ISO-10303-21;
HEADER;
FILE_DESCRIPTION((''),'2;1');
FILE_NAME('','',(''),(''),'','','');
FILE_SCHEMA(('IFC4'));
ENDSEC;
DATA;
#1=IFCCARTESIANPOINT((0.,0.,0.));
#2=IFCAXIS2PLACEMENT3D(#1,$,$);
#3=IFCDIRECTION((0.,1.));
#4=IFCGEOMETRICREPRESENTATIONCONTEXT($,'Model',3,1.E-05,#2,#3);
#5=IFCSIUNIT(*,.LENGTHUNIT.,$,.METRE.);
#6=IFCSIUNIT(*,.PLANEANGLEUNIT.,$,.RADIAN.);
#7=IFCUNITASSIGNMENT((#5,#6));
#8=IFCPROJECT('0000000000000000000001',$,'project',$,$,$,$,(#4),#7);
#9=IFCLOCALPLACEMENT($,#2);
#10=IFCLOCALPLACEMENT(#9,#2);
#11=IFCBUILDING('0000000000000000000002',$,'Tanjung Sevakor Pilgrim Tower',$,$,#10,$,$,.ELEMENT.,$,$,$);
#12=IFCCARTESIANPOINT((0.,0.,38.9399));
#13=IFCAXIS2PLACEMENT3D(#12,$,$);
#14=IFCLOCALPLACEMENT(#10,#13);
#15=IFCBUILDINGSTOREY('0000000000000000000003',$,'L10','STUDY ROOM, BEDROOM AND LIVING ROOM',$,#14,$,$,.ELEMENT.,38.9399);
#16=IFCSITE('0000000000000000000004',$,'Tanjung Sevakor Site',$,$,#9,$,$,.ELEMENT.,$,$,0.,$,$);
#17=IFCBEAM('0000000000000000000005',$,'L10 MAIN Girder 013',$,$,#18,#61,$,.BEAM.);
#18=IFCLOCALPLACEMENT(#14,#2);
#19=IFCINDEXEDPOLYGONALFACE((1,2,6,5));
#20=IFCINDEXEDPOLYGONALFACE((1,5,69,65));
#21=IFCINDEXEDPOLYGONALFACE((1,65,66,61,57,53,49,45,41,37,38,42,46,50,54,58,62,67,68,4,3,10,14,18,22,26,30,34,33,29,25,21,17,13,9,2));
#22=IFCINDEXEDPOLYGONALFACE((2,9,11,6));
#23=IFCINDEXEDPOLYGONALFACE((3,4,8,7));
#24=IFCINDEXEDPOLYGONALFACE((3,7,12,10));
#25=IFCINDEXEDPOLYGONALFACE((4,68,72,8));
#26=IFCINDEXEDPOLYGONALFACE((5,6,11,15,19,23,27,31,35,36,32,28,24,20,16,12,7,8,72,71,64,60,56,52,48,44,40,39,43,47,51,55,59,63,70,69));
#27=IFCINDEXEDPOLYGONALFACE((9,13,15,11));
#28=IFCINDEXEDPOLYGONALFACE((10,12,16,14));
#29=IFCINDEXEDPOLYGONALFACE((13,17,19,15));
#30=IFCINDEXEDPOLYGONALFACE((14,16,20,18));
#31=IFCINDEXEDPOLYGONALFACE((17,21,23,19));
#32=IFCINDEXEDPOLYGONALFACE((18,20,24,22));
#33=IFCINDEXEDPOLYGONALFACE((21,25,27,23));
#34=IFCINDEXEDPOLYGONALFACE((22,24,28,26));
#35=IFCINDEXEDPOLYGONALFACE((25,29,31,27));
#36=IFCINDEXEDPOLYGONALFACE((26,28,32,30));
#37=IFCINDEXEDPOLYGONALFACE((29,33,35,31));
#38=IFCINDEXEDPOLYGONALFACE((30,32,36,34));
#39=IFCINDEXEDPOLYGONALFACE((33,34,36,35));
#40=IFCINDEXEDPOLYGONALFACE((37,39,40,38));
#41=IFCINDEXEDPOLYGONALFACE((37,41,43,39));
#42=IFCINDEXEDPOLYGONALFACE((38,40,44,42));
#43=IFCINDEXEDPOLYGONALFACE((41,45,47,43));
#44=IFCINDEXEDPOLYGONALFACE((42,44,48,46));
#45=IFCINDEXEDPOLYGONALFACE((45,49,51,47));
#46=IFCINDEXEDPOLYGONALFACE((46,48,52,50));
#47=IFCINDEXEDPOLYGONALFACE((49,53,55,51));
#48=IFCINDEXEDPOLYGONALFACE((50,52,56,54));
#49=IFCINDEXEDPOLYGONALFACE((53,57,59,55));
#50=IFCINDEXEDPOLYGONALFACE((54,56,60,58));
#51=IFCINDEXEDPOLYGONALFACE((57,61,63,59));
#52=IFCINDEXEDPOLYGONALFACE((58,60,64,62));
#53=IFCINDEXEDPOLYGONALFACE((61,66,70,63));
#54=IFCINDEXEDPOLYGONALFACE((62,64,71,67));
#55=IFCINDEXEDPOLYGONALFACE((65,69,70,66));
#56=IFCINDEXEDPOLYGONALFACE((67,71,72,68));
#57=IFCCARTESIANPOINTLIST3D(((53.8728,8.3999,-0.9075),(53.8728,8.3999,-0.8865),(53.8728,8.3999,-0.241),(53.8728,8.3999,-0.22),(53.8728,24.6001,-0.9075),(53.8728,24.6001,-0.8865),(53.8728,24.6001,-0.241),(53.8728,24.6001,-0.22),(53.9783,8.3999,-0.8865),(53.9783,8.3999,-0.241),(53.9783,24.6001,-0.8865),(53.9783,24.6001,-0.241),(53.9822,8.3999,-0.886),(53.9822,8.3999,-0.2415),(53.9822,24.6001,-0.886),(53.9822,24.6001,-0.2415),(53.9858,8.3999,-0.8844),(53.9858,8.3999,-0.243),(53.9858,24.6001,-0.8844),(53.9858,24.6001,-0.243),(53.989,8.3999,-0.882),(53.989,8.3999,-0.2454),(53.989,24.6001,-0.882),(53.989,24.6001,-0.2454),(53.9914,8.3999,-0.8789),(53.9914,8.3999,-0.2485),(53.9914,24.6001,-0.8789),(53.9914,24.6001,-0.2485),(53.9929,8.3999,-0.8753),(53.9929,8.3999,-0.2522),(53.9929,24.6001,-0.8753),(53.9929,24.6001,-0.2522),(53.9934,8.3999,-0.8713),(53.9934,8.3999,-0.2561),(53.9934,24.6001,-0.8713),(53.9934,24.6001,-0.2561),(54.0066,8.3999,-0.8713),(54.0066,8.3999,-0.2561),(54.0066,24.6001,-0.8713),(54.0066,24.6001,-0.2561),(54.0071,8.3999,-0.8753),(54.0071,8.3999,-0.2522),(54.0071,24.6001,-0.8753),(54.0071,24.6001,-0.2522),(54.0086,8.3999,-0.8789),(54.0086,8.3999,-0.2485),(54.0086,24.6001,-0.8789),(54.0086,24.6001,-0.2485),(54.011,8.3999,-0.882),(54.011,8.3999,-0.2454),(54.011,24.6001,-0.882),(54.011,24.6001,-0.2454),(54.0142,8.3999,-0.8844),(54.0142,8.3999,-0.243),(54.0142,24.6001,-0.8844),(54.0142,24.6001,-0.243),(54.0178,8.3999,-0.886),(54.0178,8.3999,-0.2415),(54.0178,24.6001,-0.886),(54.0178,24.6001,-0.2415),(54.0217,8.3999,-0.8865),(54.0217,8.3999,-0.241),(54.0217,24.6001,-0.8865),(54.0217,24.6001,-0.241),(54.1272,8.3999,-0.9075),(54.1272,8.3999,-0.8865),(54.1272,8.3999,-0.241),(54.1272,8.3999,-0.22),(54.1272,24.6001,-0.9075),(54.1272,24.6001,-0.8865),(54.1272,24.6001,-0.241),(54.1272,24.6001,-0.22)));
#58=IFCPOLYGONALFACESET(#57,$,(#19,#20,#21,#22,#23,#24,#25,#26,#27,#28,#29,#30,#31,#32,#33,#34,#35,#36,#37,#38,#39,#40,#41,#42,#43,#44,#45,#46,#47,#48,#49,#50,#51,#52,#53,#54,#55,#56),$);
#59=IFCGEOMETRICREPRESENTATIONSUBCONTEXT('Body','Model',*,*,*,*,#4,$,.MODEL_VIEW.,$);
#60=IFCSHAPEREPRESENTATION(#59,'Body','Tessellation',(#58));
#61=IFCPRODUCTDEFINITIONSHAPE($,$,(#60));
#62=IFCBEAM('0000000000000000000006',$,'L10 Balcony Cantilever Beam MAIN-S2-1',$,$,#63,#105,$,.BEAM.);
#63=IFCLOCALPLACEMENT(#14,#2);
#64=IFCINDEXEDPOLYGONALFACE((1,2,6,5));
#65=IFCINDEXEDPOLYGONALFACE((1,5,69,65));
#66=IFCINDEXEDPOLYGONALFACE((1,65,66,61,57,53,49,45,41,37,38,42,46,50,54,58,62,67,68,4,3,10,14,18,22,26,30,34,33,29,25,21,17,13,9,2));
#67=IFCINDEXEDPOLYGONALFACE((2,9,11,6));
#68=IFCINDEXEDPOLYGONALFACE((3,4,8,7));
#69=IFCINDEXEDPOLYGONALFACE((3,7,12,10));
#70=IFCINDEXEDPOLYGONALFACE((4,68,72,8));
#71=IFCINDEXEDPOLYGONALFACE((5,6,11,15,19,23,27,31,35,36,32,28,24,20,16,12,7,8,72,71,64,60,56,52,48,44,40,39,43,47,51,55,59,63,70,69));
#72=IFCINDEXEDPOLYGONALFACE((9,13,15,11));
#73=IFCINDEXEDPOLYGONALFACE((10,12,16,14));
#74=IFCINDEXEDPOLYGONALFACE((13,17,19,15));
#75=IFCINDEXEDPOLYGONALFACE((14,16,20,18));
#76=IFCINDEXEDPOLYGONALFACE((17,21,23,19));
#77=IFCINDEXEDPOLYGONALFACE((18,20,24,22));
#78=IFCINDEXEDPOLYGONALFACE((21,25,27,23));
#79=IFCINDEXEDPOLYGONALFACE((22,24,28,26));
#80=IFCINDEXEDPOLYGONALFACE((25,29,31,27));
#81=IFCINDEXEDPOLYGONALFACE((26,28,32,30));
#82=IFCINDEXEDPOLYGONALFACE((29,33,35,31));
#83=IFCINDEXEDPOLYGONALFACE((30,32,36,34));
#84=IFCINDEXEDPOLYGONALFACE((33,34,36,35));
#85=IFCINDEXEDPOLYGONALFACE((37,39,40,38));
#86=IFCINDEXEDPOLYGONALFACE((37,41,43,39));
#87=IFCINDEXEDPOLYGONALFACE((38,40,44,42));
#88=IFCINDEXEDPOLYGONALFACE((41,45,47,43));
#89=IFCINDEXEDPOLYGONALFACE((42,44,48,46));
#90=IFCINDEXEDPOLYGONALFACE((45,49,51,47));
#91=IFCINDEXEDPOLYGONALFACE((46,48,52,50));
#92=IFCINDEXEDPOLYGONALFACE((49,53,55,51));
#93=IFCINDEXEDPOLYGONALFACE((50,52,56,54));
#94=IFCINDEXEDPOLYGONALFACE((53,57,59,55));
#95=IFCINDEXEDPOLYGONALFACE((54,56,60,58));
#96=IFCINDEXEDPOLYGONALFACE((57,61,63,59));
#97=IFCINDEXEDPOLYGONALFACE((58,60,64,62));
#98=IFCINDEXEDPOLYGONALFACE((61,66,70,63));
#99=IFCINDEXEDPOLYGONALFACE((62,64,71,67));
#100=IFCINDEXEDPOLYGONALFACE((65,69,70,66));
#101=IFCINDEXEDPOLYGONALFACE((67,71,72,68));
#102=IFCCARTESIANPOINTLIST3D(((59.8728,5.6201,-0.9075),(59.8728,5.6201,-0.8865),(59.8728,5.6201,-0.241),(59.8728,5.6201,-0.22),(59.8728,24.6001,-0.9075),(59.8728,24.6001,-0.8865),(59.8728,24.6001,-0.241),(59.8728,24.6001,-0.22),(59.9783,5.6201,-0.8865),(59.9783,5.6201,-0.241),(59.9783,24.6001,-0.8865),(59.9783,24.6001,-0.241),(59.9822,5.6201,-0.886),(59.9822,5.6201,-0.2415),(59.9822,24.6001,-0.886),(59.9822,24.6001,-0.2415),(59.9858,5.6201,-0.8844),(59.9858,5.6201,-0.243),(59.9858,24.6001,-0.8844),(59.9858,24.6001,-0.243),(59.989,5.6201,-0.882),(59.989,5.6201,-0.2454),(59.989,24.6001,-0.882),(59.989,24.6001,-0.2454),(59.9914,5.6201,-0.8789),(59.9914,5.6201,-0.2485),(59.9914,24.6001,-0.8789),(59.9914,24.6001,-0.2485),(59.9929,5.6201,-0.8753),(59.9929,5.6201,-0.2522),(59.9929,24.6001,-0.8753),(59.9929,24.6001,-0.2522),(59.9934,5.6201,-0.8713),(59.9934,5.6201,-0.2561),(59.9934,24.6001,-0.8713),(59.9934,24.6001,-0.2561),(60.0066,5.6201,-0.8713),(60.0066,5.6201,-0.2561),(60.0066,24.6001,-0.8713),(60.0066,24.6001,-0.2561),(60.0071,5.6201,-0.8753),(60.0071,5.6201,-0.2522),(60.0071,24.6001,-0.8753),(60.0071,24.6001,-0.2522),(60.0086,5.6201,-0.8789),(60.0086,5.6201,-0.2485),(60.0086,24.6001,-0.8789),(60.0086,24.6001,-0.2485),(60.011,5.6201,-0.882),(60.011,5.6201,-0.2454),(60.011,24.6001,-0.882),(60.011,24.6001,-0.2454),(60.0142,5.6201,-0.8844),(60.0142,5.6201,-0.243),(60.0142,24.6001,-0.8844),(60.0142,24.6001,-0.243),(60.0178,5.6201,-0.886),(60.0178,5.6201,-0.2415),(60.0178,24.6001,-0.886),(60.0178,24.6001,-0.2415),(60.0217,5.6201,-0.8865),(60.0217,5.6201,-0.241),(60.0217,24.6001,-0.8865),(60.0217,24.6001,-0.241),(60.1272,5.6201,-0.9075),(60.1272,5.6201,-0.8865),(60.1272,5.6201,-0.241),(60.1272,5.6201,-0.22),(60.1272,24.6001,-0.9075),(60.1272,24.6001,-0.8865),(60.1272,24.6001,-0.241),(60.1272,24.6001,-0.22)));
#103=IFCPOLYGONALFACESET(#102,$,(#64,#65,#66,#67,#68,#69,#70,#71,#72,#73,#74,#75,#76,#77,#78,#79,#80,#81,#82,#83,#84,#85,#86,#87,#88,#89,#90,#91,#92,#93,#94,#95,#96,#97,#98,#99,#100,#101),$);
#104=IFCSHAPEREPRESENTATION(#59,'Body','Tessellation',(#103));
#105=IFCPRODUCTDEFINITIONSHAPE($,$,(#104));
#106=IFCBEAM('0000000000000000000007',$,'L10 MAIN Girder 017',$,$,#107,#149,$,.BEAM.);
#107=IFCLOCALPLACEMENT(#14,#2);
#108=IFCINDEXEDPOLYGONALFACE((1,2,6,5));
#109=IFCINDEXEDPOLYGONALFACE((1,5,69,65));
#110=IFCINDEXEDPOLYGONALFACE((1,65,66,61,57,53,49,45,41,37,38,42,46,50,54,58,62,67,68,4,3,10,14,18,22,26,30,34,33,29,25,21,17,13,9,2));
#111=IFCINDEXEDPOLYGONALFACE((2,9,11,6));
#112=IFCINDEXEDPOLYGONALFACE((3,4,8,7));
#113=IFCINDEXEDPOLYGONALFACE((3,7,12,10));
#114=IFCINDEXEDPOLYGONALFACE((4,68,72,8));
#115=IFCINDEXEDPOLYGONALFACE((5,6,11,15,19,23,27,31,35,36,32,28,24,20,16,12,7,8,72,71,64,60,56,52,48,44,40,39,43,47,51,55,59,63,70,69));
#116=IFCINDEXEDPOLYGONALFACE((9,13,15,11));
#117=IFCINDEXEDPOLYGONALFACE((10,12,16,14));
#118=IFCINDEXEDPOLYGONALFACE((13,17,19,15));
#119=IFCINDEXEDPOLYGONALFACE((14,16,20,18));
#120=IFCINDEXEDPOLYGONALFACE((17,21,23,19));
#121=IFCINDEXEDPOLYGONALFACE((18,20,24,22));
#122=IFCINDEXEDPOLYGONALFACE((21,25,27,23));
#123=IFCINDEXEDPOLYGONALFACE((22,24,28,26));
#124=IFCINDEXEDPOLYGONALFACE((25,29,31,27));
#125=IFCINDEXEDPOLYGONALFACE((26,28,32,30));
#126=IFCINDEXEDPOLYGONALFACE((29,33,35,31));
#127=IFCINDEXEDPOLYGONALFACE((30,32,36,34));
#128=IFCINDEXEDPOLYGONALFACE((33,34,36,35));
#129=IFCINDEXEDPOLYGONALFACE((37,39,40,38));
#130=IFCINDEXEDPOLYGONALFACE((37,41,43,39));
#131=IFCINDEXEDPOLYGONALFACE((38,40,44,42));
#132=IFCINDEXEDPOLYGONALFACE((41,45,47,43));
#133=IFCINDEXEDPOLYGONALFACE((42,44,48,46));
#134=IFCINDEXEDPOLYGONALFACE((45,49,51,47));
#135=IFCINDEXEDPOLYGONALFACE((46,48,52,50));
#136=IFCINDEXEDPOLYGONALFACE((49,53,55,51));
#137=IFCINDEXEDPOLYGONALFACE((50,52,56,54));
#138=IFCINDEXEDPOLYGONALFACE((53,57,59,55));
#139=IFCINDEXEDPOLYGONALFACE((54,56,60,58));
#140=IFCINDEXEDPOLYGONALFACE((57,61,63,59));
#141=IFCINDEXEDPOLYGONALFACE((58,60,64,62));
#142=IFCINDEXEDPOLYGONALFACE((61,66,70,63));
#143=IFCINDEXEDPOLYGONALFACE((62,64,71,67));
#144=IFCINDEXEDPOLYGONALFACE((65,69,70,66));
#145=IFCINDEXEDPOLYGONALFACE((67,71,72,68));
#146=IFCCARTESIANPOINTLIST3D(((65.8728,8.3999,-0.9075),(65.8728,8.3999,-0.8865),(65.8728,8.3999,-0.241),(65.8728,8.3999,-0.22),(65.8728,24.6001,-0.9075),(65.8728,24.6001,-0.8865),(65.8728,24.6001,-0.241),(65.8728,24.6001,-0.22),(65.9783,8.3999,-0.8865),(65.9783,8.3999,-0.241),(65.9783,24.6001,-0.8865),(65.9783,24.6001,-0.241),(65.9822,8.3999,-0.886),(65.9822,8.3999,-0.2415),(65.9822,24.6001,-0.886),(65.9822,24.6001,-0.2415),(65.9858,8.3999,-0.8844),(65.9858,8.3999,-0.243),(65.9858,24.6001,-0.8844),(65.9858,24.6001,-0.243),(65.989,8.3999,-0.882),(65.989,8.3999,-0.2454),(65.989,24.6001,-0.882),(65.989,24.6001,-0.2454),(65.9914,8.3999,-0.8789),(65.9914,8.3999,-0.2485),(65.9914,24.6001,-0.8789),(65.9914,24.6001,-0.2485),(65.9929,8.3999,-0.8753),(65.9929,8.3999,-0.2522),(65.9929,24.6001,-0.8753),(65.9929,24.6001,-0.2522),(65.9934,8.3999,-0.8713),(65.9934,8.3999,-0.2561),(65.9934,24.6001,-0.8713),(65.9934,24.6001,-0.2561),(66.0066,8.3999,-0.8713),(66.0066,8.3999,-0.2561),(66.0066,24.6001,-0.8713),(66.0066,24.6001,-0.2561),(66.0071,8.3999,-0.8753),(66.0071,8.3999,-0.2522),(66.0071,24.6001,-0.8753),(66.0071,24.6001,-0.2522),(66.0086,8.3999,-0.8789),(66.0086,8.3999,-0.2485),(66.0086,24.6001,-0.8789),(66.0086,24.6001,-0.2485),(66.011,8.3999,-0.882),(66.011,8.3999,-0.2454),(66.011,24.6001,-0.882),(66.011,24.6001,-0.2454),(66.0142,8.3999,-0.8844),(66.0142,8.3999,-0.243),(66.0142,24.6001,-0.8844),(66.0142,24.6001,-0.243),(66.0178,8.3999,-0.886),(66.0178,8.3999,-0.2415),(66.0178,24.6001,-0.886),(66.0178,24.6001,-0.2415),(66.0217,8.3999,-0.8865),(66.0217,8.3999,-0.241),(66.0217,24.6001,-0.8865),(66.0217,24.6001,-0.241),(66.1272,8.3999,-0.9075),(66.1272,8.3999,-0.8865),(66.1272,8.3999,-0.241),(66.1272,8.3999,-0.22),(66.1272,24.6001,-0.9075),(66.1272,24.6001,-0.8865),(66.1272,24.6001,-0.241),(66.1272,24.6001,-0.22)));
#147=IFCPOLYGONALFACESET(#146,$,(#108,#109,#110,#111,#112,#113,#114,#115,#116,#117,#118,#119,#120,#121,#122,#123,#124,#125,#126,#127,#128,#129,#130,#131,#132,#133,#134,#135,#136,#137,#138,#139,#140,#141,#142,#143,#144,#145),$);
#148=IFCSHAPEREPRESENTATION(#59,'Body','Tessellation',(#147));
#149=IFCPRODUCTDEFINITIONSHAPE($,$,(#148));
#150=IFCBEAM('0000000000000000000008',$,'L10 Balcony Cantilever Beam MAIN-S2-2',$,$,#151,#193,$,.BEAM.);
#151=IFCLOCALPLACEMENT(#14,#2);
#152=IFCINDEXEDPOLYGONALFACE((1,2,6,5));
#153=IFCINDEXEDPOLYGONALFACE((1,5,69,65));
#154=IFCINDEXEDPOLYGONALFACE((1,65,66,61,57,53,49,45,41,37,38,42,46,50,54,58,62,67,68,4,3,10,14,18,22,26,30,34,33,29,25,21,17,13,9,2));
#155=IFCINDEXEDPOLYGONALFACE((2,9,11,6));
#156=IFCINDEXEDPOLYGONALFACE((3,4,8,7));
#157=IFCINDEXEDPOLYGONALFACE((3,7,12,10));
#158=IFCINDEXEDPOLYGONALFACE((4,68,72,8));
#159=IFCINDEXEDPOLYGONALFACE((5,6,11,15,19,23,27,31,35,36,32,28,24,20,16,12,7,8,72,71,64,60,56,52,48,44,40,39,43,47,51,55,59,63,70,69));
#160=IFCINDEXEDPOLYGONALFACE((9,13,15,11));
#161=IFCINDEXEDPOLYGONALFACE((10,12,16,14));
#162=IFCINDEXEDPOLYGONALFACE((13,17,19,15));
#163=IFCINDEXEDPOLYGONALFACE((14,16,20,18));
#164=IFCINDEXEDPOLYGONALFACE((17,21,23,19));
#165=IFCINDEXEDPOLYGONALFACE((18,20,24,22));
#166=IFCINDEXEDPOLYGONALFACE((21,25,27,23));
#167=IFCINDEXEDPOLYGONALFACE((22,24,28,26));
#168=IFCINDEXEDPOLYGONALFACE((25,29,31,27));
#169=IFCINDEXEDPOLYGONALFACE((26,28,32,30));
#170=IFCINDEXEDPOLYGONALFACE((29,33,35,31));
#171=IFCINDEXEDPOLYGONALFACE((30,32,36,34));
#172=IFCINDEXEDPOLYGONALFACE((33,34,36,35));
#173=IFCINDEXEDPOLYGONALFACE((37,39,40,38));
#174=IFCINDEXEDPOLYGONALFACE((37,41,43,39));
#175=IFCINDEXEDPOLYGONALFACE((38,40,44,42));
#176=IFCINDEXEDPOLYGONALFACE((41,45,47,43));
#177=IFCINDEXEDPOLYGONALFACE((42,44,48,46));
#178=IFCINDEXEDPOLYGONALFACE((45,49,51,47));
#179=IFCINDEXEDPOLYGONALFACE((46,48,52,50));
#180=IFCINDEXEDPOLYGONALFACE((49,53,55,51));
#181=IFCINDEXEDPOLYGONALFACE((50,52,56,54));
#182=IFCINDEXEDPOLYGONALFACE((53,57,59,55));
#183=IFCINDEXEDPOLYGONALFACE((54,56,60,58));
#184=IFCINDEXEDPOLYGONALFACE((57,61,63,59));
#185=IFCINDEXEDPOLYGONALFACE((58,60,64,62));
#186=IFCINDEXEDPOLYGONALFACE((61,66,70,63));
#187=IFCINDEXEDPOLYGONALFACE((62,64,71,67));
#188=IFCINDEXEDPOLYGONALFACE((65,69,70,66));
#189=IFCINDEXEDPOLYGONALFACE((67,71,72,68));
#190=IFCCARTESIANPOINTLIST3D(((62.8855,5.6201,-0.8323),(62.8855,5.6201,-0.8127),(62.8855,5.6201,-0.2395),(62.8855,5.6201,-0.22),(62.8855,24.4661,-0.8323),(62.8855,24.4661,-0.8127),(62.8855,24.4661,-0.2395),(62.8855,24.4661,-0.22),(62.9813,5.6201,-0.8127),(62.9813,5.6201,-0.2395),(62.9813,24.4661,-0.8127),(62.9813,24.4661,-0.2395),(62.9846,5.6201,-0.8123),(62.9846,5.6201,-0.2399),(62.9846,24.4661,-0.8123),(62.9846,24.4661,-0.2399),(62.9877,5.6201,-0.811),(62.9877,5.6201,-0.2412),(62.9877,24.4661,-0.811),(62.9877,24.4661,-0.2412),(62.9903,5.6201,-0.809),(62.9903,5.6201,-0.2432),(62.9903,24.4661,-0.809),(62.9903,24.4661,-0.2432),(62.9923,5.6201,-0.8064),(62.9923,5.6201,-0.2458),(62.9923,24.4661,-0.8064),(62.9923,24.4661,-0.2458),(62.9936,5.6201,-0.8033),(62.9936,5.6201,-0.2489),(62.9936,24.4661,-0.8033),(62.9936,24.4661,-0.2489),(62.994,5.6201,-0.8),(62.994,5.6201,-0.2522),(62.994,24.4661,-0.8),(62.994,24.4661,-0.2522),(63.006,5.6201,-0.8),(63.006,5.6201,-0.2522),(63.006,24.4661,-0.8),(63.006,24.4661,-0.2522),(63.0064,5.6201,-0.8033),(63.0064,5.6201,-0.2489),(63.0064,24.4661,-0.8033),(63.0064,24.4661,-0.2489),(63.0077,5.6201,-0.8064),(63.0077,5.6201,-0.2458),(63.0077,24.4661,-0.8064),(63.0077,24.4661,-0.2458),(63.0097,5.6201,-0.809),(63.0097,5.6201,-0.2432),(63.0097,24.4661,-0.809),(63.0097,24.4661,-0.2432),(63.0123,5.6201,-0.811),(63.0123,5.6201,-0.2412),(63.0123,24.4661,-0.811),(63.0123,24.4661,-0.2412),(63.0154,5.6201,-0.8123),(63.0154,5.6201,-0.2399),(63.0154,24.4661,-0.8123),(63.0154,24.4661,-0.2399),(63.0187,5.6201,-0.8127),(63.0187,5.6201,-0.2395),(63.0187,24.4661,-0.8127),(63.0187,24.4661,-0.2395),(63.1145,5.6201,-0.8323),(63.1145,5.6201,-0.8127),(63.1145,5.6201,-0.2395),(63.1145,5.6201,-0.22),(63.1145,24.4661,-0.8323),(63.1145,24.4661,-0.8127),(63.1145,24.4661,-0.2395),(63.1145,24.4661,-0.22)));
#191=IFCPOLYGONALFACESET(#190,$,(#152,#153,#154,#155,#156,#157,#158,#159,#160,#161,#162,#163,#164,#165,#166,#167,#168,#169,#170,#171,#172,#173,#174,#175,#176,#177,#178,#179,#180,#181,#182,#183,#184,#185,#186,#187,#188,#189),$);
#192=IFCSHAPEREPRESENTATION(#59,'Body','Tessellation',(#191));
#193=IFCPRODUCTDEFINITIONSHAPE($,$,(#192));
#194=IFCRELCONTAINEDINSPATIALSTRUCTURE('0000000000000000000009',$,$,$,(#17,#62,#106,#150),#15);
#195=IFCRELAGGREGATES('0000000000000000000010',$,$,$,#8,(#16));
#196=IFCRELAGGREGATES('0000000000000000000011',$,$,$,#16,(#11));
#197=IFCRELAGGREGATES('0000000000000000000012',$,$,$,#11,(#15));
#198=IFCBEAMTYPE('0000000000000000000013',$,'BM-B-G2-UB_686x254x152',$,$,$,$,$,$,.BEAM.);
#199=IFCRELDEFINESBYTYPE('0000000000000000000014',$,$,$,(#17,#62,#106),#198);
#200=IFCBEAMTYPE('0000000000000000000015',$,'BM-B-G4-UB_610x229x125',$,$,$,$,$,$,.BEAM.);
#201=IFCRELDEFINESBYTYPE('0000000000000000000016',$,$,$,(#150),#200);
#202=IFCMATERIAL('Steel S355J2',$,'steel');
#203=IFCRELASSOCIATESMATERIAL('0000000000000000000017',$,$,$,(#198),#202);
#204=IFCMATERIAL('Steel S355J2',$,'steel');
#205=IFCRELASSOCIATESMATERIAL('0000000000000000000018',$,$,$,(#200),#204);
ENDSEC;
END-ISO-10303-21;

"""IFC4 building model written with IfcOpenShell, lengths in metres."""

from ifc_helpers import new_model, si_unit, direction, frame, origin, origin_2d, place, context, subcontext, project, spatial, i_section, extrude, material, material_profile, profile_set, type_object, element, save


model = new_model("IFC4")

# Units and contexts
model_context = context("Model", 3, precision=1e-05, world=origin(), true_north=direction((0.0, 1.0)))
body_context = subcontext(model_context, "Body", "Model", "MODEL_VIEW")
ifc_project = project(units=[si_unit("LENGTHUNIT", "METRE"), si_unit("PLANEANGLEUNIT", "RADIAN")], contexts=[model_context])

# Site, building, storey
site_placement = place(None, origin())
site = spatial("IfcSite", under=ifc_project, at=site_placement, Name="Tanjung Sevakor Site", CompositionType="ELEMENT", RefElevation=0.0)
building_placement = place(site_placement, origin())
building = spatial("IfcBuilding", under=site, at=building_placement, Name="Tanjung Sevakor Pilgrim Tower", CompositionType="ELEMENT")
storey_placement = place(building_placement, frame((0.0, 0.0, 38.9399)))
storey = spatial("IfcBuildingStorey", under=building, at=storey_placement, Name="L10", Description="STUDY ROOM, BEDROOM AND LIVING ROOM", CompositionType="ELEMENT", Elevation=38.9399)

# Beams
ifc_material_1 = material(Name="Steel S355J2", Category="steel")
ifc_material_profile_1 = material_profile(ifc_material_1, i_section(OverallWidth=0.2544, OverallDepth=0.6875, WebThickness=0.0132, FlangeThickness=0.021, FilletRadius=0.0151, at=origin_2d()))
ifc_profile_set_1 = profile_set([ifc_material_profile_1], Name="Steel S355J2")
beam_type_1 = type_object("IfcBeamType", Name="BM-B-G2-UB_686x254x152", PredefinedType="BEAM", material=ifc_profile_set_1)
beam_1_placement = place(storey_placement, frame((54.0, 8.3999, -0.5637), z_axis=(0.0, 1.0, 0.0), x_axis=(-1.0, 0.0, 0.0)))
element("IfcBeam", 1, at=beam_1_placement, inside=storey, type_object=beam_type_1, Name="L10 MAIN Girder 013", PredefinedType="BEAM", context=body_context, shape_type="SweptSolid", body=[
    extrude(i_section(OverallWidth=0.2544, OverallDepth=0.6875, WebThickness=0.0132, FlangeThickness=0.021, FilletRadius=0.0151, at=origin_2d()), origin(), (0.0, 0.0, 1.0), 16.2002),
])
beam_2_placement = place(storey_placement, frame((60.0, 24.6001, -0.5637), z_axis=(0.0, -1.0, 0.0), x_axis=(1.0, 0.0, 0.0)))
element("IfcBeam", 2, at=beam_2_placement, inside=storey, type_object=beam_type_1, Name="L10 Balcony Cantilever Beam MAIN-S2-1", PredefinedType="BEAM", context=body_context, shape_type="SweptSolid", body=[
    extrude(i_section(OverallWidth=0.2544, OverallDepth=0.6875, WebThickness=0.0132, FlangeThickness=0.021, FilletRadius=0.0151, at=origin_2d()), origin(), (0.0, 0.0, 1.0), 18.98),
])
beam_3_placement = place(storey_placement, frame((66.0, 8.3999, -0.5637), z_axis=(0.0, 1.0, 0.0), x_axis=(-1.0, 0.0, 0.0)))
element("IfcBeam", 3, at=beam_3_placement, inside=storey, type_object=beam_type_1, Name="L10 MAIN Girder 017", PredefinedType="BEAM", context=body_context, shape_type="SweptSolid", body=[
    extrude(i_section(OverallWidth=0.2544, OverallDepth=0.6875, WebThickness=0.0132, FlangeThickness=0.021, FilletRadius=0.0151, at=origin_2d()), origin(), (0.0, 0.0, 1.0), 16.2002),
])
ifc_material_2 = material(Name="Steel S355J2", Category="steel")
ifc_material_profile_2 = material_profile(ifc_material_2, i_section(OverallWidth=0.229, OverallDepth=0.6123, WebThickness=0.012, FlangeThickness=0.0195, FilletRadius=0.0127, at=origin_2d()))
ifc_profile_set_2 = profile_set([ifc_material_profile_2], Name="Steel S355J2")
beam_type_2 = type_object("IfcBeamType", Name="BM-B-G4-UB_610x229x125", PredefinedType="BEAM", material=ifc_profile_set_2)
beam_4_placement = place(storey_placement, frame((63.0, 24.4661, -0.5261), z_axis=(0.0, -1.0, 0.0), x_axis=(1.0, 0.0, 0.0)))
element("IfcBeam", 4, at=beam_4_placement, inside=storey, type_object=beam_type_2, Name="L10 Balcony Cantilever Beam MAIN-S2-2", PredefinedType="BEAM", context=body_context, shape_type="SweptSolid", body=[
    extrude(i_section(OverallWidth=0.229, OverallDepth=0.6123, WebThickness=0.012, FlangeThickness=0.0195, FilletRadius=0.0127, at=origin_2d()), origin(), (0.0, 0.0, 1.0), 18.8459),
])

save(model, "model.ifc")
